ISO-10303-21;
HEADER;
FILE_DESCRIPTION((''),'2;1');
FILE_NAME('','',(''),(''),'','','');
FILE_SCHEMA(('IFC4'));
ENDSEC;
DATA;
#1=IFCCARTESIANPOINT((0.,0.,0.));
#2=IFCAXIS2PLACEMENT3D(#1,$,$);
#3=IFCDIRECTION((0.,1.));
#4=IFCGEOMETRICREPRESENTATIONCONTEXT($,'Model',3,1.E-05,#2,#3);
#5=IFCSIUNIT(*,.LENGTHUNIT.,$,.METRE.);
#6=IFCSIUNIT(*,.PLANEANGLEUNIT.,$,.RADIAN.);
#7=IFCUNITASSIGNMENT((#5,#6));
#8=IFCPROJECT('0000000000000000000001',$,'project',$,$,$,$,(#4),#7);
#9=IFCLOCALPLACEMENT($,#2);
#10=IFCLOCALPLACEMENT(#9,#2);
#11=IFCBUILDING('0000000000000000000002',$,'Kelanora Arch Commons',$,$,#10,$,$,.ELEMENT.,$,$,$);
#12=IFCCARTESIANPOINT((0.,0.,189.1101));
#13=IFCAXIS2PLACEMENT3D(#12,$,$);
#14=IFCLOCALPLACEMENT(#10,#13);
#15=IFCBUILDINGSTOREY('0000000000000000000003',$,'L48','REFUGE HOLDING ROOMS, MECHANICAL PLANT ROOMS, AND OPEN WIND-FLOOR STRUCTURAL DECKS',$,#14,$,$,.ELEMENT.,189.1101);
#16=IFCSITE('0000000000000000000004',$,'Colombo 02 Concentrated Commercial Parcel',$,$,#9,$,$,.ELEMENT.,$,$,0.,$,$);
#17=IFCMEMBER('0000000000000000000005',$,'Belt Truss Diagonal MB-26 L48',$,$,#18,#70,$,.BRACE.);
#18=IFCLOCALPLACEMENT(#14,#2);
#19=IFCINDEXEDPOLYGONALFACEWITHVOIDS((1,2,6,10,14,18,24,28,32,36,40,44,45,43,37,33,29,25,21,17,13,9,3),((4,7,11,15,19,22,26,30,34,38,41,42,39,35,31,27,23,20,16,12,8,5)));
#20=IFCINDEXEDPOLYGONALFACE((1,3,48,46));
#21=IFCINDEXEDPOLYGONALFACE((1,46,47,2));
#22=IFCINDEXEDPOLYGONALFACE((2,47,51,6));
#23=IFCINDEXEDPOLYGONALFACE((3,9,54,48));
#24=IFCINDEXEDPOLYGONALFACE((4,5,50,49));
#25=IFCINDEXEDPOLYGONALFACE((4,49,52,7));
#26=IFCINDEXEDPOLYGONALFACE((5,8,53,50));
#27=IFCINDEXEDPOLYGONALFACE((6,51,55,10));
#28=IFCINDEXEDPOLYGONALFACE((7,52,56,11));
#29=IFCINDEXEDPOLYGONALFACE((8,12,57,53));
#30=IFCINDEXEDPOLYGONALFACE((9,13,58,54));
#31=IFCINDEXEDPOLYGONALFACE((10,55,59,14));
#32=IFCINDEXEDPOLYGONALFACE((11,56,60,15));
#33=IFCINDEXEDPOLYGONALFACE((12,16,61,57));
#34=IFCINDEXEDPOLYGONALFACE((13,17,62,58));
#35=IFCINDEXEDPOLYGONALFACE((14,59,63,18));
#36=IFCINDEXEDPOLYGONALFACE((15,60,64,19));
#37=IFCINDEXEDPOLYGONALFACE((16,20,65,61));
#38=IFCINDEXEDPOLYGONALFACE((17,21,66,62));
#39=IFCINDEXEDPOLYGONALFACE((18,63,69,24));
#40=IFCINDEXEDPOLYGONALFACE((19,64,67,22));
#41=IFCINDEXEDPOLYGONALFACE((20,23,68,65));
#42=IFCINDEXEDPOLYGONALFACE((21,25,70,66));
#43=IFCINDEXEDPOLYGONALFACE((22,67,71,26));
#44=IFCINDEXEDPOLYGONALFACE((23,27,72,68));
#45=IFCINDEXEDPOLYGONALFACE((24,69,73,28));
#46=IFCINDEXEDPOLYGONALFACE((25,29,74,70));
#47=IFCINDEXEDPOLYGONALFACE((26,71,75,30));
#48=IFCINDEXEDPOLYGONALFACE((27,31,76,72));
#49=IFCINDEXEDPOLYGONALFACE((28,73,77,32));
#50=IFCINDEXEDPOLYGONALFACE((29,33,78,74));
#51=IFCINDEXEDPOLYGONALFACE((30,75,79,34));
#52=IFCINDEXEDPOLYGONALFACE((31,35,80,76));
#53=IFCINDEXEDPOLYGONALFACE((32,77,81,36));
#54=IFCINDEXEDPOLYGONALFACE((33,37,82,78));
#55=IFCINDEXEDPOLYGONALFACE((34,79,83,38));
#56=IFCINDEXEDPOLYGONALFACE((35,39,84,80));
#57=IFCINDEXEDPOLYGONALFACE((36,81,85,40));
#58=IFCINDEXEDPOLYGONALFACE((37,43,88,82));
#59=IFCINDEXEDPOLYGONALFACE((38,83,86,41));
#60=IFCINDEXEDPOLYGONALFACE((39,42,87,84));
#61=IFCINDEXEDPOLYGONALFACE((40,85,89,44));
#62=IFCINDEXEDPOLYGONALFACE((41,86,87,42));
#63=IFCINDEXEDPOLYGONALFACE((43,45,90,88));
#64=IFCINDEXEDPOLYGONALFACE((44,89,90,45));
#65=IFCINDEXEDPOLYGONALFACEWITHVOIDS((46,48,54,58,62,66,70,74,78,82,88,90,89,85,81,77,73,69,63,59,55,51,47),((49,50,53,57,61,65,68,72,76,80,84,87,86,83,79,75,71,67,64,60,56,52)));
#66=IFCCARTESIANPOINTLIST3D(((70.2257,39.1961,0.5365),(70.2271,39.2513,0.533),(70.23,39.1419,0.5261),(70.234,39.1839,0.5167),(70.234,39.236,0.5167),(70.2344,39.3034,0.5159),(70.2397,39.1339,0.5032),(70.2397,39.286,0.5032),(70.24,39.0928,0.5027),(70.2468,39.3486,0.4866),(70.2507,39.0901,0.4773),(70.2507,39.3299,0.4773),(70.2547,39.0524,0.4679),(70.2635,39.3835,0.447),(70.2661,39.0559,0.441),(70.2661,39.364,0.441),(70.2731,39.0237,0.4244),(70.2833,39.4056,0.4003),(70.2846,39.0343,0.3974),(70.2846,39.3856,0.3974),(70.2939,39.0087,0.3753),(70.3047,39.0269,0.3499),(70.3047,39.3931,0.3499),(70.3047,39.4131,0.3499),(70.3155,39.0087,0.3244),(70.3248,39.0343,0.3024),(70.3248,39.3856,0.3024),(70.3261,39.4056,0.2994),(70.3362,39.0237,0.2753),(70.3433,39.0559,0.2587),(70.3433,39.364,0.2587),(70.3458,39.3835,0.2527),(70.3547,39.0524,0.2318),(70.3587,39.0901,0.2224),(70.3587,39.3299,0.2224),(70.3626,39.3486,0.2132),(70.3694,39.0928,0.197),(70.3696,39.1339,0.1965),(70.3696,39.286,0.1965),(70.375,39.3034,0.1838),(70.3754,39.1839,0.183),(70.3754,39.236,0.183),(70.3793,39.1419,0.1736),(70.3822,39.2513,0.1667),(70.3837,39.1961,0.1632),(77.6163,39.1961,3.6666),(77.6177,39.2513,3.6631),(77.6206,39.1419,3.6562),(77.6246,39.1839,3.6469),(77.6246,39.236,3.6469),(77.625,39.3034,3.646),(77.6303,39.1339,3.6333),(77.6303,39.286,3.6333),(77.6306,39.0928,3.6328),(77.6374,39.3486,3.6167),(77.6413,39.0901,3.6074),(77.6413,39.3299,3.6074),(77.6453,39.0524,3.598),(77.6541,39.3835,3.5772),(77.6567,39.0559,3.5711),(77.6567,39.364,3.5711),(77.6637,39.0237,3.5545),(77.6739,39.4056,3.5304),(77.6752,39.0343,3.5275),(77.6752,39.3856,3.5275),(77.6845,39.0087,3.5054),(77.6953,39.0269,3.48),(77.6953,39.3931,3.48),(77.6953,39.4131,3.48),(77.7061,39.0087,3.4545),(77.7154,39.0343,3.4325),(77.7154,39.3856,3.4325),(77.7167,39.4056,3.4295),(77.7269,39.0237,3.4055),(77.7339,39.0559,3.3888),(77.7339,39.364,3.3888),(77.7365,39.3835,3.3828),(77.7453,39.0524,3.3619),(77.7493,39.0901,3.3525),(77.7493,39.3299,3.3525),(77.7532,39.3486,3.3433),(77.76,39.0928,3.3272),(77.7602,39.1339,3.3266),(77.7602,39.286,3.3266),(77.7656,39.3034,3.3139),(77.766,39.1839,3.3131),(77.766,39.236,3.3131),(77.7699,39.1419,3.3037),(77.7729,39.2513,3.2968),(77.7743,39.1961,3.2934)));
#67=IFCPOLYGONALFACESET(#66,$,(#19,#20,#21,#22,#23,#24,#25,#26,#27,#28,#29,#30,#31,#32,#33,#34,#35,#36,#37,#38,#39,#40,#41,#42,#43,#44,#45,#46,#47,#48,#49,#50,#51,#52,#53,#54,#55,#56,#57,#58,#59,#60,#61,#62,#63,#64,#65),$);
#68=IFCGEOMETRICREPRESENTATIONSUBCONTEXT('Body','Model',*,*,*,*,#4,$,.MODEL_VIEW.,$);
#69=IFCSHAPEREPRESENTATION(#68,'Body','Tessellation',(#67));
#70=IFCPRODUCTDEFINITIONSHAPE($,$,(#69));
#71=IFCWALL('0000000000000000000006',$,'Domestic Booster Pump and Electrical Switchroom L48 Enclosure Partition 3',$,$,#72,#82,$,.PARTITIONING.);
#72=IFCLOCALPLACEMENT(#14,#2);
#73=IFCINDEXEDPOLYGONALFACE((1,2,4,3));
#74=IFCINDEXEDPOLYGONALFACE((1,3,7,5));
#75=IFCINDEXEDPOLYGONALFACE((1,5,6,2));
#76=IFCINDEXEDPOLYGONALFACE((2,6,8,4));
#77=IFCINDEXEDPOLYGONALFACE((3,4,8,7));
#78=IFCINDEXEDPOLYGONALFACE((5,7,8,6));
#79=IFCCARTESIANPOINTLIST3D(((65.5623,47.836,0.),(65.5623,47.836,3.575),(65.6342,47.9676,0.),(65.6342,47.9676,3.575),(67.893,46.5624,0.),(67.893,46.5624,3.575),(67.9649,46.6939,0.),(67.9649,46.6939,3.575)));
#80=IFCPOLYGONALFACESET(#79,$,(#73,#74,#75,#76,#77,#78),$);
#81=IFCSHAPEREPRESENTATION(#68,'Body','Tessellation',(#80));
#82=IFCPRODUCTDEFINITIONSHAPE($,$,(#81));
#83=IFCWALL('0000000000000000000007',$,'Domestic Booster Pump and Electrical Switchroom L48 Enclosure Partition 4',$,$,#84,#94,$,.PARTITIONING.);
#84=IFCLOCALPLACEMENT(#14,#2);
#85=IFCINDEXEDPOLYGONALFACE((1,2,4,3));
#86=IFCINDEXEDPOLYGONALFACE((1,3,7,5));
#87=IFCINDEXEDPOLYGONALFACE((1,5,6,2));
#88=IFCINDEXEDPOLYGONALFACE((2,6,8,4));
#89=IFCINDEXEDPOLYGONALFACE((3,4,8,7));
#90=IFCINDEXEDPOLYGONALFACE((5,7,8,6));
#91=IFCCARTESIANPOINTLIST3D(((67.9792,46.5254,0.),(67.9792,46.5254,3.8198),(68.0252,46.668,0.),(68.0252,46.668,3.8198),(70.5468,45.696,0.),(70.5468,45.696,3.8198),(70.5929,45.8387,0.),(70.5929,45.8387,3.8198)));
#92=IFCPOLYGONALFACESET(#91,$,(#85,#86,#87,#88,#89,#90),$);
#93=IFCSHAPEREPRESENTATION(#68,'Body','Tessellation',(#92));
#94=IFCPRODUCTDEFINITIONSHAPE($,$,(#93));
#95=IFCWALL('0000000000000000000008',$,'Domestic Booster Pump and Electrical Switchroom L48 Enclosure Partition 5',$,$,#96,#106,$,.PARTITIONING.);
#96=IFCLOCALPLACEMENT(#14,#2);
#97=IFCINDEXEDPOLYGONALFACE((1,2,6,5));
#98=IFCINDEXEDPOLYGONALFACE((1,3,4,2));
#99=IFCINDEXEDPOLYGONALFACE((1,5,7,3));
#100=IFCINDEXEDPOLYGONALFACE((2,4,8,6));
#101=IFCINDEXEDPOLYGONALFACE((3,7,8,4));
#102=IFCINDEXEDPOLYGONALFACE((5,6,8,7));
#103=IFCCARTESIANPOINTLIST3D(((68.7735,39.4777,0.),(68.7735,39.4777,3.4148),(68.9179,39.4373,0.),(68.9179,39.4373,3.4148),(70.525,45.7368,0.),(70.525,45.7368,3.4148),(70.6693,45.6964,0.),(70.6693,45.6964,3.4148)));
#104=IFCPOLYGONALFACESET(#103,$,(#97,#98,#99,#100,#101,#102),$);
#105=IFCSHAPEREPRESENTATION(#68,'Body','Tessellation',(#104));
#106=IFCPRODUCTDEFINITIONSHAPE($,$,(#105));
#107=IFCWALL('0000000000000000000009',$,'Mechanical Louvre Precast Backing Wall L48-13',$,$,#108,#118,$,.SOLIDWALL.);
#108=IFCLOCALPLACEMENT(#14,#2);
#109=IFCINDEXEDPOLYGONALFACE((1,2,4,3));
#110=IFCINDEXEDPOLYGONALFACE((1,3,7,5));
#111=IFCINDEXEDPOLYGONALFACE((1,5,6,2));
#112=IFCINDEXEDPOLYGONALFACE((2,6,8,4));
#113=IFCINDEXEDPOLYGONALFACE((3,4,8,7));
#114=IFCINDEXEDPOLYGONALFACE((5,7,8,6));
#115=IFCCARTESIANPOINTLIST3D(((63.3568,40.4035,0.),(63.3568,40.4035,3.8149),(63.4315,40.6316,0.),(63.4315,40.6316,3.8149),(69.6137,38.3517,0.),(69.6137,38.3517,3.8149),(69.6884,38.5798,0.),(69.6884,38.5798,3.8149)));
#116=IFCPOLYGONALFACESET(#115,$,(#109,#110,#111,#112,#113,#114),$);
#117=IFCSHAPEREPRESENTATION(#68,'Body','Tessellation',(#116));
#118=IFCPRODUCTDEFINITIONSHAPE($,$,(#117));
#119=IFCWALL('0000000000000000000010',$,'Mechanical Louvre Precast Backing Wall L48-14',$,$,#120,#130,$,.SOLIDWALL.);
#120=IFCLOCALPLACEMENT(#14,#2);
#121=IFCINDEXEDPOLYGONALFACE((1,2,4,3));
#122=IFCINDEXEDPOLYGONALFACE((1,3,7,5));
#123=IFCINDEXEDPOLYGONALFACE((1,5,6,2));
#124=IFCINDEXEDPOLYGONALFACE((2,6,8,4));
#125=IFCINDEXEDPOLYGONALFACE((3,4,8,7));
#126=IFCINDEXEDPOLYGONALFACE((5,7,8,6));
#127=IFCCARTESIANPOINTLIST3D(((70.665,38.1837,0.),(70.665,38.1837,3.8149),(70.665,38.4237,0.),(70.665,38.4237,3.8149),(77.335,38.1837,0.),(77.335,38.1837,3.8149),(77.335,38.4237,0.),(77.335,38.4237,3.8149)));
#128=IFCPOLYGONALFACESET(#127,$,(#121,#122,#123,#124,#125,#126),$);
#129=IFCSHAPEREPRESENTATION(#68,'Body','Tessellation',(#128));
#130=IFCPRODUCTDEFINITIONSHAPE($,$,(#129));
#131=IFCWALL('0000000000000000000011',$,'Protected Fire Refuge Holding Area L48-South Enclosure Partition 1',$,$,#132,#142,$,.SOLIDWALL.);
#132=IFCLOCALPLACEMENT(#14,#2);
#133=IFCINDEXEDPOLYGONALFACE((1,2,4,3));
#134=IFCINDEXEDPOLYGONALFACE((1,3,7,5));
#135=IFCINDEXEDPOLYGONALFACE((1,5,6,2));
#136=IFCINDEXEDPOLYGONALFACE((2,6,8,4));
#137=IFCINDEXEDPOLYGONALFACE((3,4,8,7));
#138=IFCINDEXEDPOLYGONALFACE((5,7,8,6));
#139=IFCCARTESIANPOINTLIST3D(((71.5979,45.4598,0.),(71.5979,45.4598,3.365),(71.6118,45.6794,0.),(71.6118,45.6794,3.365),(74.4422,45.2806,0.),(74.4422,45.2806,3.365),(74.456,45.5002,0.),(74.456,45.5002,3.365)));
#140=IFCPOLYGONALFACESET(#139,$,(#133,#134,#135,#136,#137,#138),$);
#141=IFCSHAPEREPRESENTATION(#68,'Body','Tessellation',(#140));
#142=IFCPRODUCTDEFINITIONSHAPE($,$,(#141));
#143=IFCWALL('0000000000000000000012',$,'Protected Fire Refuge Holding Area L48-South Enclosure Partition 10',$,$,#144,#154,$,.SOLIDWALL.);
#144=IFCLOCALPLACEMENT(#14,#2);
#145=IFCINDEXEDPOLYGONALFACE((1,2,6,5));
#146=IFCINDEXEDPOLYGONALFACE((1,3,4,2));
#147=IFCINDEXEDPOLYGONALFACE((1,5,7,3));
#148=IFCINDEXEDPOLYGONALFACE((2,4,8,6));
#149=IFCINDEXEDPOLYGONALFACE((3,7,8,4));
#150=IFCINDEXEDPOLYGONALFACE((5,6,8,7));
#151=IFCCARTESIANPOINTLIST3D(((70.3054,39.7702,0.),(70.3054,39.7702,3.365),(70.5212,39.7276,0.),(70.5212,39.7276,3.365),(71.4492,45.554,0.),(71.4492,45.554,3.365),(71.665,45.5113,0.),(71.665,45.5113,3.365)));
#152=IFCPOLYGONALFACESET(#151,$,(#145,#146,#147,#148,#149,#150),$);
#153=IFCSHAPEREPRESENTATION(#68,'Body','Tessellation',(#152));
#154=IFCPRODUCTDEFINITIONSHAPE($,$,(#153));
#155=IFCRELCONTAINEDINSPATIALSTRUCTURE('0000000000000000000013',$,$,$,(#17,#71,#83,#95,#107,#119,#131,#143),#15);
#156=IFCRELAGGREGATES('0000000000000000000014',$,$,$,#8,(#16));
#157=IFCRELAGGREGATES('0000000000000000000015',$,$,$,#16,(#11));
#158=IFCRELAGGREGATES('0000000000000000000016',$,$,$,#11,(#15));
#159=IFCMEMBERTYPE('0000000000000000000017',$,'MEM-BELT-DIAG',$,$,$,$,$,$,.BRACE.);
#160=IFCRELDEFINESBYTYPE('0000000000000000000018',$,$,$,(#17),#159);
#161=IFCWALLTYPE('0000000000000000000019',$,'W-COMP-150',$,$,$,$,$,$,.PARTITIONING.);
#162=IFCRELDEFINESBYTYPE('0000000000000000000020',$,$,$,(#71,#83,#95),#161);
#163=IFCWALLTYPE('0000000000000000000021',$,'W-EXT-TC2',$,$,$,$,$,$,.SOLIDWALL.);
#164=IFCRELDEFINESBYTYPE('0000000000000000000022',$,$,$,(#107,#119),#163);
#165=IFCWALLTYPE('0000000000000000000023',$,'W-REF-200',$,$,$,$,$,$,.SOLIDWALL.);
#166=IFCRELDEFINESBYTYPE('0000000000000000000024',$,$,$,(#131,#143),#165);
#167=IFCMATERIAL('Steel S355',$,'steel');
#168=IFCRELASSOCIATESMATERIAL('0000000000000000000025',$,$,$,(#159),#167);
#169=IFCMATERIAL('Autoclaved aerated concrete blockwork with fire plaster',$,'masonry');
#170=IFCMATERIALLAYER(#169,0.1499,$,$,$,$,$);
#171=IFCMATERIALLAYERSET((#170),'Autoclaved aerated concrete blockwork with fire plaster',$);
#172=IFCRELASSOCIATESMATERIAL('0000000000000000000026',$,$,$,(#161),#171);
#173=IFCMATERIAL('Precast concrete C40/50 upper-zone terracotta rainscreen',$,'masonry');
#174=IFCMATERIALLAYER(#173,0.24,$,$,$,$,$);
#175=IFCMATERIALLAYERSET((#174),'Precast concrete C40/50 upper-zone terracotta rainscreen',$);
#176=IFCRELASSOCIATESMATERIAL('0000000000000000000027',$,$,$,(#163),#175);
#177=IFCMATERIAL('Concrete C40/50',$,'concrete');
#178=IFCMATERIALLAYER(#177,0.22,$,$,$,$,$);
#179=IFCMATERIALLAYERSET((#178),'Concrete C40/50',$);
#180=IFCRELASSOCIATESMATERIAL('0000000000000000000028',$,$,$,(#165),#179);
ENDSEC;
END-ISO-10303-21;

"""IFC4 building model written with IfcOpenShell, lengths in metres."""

from ifc_helpers import new_model, si_unit, direction, frame, frame_2d, origin, origin_2d, place, context, subcontext, project, spatial, rectangle, hollow_circle, extrude, material, layer, layer_set, material_profile, profile_set, type_object, element, save


model = new_model("IFC4")

# Units and contexts
model_context = context("Model", 3, precision=1e-05, world=origin(), true_north=direction((0.0, 1.0)))
body_context = subcontext(model_context, "Body", "Model", "MODEL_VIEW")
ifc_project = project(units=[si_unit("LENGTHUNIT", "METRE"), si_unit("PLANEANGLEUNIT", "RADIAN")], contexts=[model_context])

# Site, building, storey
site_placement = place(None, origin())
site = spatial("IfcSite", under=ifc_project, at=site_placement, Name="Colombo 02 Concentrated Commercial Parcel", CompositionType="ELEMENT", RefElevation=0.0)
building_placement = place(site_placement, origin())
building = spatial("IfcBuilding", under=site, at=building_placement, Name="Kelanora Arch Commons", CompositionType="ELEMENT")
storey_placement = place(building_placement, frame((0.0, 0.0, 189.1101)))
storey = spatial("IfcBuildingStorey", under=building, at=storey_placement, Name="L48", Description="REFUGE HOLDING ROOMS, MECHANICAL PLANT ROOMS, AND OPEN WIND-FLOOR STRUCTURAL DECKS", CompositionType="ELEMENT", Elevation=189.1101)

# Shared definitions
ifc_material_1 = material(Name="Steel S355", Category="steel")

# Member
ifc_material_profile_1 = material_profile(ifc_material_1, hollow_circle(Radius=0.2031, WallThickness=0.02, at=origin_2d()), Name="CHS406.4x20")
ifc_profile_set_1 = profile_set([ifc_material_profile_1], Name="Steel S355")
member_type = type_object("IfcMemberType", Name="MEM-BELT-DIAG", PredefinedType="BRACE", material=ifc_profile_set_1)
member_placement = place(storey_placement, frame((70.3047, 39.21, 0.3499), z_axis=(0.920819, 0.0, 0.389991), x_axis=(0.0, 1.0, 0.0)))
element("IfcMember", 1, at=member_placement, inside=storey, type_object=member_type, Name="Belt Truss Diagonal MB-26 L48", PredefinedType="BRACE", context=body_context, shape_type="SweptSolid", body=[
    extrude(hollow_circle(Radius=0.2031, WallThickness=0.02, at=origin_2d()), origin(), (0.0, 0.0, 1.0), 8.0261),
])

# Walls
ifc_material_2 = material(Name="Autoclaved aerated concrete blockwork with fire plaster", Category="masonry")
ifc_layer_1 = layer(ifc_material_2, 0.1499)
ifc_layer_set_1 = layer_set([ifc_layer_1], Name="Autoclaved aerated concrete blockwork with fire plaster")
wall_type_1 = type_object("IfcWallType", Name="W-COMP-150", PredefinedType="PARTITIONING", material=ifc_layer_set_1)
wall_1_placement = place(storey_placement, frame((65.5981, 47.9019, 0.0), z_axis=(0.0, 0.0, 1.0), x_axis=(0.877526, -0.479528, 0.0)))
element("IfcWall", 2, at=wall_1_placement, inside=storey, type_object=wall_type_1, Name="Domestic Booster Pump and Electrical Switchroom L48 Enclosure Partition 3", PredefinedType="PARTITIONING", context=body_context, shape_type="SweptSolid", body=[
    extrude(rectangle(XDim=2.656, YDim=0.1499, at=frame_2d((1.3281, 0.0))), origin(), (0.0, 0.0, 1.0), 3.575),
])
wall_2_placement = place(storey_placement, frame((68.0022, 46.5967, 0.0), z_axis=(0.0, 0.0, 1.0), x_axis=(0.951592, -0.307365, 0.0)))
element("IfcWall", 3, at=wall_2_placement, inside=storey, type_object=wall_type_1, Name="Domestic Booster Pump and Electrical Switchroom L48 Enclosure Partition 4", PredefinedType="PARTITIONING", context=body_context, shape_type="SweptSolid", body=[
    extrude(rectangle(XDim=2.6982, YDim=0.1499, at=frame_2d((1.3491, 0.0))), origin(), (0.0, 0.0, 1.0), 3.8198),
])
wall_3_placement = place(storey_placement, frame((70.5972, 45.7166, 0.0), z_axis=(0.0, 0.0, 1.0), x_axis=(-0.269478, -0.963007, 0.0)))
element("IfcWall", 4, at=wall_3_placement, inside=storey, type_object=wall_type_1, Name="Domestic Booster Pump and Electrical Switchroom L48 Enclosure Partition 5", PredefinedType="PARTITIONING", context=body_context, shape_type="SweptSolid", body=[
    extrude(rectangle(XDim=6.4995, YDim=0.1499, at=frame_2d((3.2498, 0.0))), origin(), (0.0, 0.0, 1.0), 3.4148),
])
ifc_material_3 = material(Name="Precast concrete C40/50 upper-zone terracotta rainscreen", Category="masonry")
ifc_layer_2 = layer(ifc_material_3, 0.24)
ifc_layer_set_2 = layer_set([ifc_layer_2], Name="Precast concrete C40/50 upper-zone terracotta rainscreen")
wall_type_2 = type_object("IfcWallType", Name="W-EXT-TC2", PredefinedType="SOLIDWALL", material=ifc_layer_set_2)
wall_4_placement = place(storey_placement, frame((63.394, 40.5176, 0.0), z_axis=(0.0, 0.0, 1.0), x_axis=(0.950214, -0.311597, 0.0)))
element("IfcWall", 5, at=wall_4_placement, inside=storey, type_object=wall_type_2, Name="Mechanical Louvre Precast Backing Wall L48-13", PredefinedType="SOLIDWALL", context=body_context, shape_type="SweptSolid", body=[
    extrude(rectangle(XDim=6.5847, YDim=0.24, at=frame_2d((3.2925, 0.0))), origin(), (0.0, 0.0, 1.0), 3.8149),
])
wall_5_placement = place(storey_placement, frame((70.665, 38.3037, 0.0), z_axis=(0.0, 0.0, 1.0), x_axis=(1.0, 0.0, 0.0)))
element("IfcWall", 6, at=wall_5_placement, inside=storey, type_object=wall_type_2, Name="Mechanical Louvre Precast Backing Wall L48-14", PredefinedType="SOLIDWALL", context=body_context, shape_type="SweptSolid", body=[
    extrude(rectangle(XDim=6.6699, YDim=0.24, at=frame_2d((3.335, 0.0))), origin(), (0.0, 0.0, 1.0), 3.8149),
])
ifc_material_4 = material(Name="Concrete C40/50", Category="concrete")
ifc_layer_3 = layer(ifc_material_4, 0.22)
ifc_layer_set_3 = layer_set([ifc_layer_3], Name="Concrete C40/50")
wall_type_3 = type_object("IfcWallType", Name="W-REF-200", PredefinedType="SOLIDWALL", material=ifc_layer_set_3)
wall_6_placement = place(storey_placement, frame((71.605, 45.5696, 0.0), z_axis=(0.0, 0.0, 1.0), x_axis=(0.998021, -0.06288, 0.0)))
element("IfcWall", 7, at=wall_6_placement, inside=storey, type_object=wall_type_3, Name="Protected Fire Refuge Holding Area L48-South Enclosure Partition 1", PredefinedType="SOLIDWALL", context=body_context, shape_type="SweptSolid", body=[
    extrude(rectangle(XDim=2.8499, YDim=0.22, at=frame_2d((1.4248, 0.0))), origin(), (0.0, 0.0, 1.0), 3.365),
])
wall_7_placement = place(storey_placement, frame((70.4133, 39.749, 0.0), z_axis=(0.0, 0.0, 1.0), x_axis=(0.194005, 0.981, 0.0)))
element("IfcWall", 8, at=wall_7_placement, inside=storey, type_object=wall_type_3, Name="Protected Fire Refuge Holding Area L48-South Enclosure Partition 10", PredefinedType="SOLIDWALL", context=body_context, shape_type="SweptSolid", body=[
    extrude(rectangle(XDim=5.8958, YDim=0.22, at=frame_2d((2.9478, 0.0))), origin(), (0.0, 0.0, 1.0), 3.365),
])

save(model, "model.ifc")
